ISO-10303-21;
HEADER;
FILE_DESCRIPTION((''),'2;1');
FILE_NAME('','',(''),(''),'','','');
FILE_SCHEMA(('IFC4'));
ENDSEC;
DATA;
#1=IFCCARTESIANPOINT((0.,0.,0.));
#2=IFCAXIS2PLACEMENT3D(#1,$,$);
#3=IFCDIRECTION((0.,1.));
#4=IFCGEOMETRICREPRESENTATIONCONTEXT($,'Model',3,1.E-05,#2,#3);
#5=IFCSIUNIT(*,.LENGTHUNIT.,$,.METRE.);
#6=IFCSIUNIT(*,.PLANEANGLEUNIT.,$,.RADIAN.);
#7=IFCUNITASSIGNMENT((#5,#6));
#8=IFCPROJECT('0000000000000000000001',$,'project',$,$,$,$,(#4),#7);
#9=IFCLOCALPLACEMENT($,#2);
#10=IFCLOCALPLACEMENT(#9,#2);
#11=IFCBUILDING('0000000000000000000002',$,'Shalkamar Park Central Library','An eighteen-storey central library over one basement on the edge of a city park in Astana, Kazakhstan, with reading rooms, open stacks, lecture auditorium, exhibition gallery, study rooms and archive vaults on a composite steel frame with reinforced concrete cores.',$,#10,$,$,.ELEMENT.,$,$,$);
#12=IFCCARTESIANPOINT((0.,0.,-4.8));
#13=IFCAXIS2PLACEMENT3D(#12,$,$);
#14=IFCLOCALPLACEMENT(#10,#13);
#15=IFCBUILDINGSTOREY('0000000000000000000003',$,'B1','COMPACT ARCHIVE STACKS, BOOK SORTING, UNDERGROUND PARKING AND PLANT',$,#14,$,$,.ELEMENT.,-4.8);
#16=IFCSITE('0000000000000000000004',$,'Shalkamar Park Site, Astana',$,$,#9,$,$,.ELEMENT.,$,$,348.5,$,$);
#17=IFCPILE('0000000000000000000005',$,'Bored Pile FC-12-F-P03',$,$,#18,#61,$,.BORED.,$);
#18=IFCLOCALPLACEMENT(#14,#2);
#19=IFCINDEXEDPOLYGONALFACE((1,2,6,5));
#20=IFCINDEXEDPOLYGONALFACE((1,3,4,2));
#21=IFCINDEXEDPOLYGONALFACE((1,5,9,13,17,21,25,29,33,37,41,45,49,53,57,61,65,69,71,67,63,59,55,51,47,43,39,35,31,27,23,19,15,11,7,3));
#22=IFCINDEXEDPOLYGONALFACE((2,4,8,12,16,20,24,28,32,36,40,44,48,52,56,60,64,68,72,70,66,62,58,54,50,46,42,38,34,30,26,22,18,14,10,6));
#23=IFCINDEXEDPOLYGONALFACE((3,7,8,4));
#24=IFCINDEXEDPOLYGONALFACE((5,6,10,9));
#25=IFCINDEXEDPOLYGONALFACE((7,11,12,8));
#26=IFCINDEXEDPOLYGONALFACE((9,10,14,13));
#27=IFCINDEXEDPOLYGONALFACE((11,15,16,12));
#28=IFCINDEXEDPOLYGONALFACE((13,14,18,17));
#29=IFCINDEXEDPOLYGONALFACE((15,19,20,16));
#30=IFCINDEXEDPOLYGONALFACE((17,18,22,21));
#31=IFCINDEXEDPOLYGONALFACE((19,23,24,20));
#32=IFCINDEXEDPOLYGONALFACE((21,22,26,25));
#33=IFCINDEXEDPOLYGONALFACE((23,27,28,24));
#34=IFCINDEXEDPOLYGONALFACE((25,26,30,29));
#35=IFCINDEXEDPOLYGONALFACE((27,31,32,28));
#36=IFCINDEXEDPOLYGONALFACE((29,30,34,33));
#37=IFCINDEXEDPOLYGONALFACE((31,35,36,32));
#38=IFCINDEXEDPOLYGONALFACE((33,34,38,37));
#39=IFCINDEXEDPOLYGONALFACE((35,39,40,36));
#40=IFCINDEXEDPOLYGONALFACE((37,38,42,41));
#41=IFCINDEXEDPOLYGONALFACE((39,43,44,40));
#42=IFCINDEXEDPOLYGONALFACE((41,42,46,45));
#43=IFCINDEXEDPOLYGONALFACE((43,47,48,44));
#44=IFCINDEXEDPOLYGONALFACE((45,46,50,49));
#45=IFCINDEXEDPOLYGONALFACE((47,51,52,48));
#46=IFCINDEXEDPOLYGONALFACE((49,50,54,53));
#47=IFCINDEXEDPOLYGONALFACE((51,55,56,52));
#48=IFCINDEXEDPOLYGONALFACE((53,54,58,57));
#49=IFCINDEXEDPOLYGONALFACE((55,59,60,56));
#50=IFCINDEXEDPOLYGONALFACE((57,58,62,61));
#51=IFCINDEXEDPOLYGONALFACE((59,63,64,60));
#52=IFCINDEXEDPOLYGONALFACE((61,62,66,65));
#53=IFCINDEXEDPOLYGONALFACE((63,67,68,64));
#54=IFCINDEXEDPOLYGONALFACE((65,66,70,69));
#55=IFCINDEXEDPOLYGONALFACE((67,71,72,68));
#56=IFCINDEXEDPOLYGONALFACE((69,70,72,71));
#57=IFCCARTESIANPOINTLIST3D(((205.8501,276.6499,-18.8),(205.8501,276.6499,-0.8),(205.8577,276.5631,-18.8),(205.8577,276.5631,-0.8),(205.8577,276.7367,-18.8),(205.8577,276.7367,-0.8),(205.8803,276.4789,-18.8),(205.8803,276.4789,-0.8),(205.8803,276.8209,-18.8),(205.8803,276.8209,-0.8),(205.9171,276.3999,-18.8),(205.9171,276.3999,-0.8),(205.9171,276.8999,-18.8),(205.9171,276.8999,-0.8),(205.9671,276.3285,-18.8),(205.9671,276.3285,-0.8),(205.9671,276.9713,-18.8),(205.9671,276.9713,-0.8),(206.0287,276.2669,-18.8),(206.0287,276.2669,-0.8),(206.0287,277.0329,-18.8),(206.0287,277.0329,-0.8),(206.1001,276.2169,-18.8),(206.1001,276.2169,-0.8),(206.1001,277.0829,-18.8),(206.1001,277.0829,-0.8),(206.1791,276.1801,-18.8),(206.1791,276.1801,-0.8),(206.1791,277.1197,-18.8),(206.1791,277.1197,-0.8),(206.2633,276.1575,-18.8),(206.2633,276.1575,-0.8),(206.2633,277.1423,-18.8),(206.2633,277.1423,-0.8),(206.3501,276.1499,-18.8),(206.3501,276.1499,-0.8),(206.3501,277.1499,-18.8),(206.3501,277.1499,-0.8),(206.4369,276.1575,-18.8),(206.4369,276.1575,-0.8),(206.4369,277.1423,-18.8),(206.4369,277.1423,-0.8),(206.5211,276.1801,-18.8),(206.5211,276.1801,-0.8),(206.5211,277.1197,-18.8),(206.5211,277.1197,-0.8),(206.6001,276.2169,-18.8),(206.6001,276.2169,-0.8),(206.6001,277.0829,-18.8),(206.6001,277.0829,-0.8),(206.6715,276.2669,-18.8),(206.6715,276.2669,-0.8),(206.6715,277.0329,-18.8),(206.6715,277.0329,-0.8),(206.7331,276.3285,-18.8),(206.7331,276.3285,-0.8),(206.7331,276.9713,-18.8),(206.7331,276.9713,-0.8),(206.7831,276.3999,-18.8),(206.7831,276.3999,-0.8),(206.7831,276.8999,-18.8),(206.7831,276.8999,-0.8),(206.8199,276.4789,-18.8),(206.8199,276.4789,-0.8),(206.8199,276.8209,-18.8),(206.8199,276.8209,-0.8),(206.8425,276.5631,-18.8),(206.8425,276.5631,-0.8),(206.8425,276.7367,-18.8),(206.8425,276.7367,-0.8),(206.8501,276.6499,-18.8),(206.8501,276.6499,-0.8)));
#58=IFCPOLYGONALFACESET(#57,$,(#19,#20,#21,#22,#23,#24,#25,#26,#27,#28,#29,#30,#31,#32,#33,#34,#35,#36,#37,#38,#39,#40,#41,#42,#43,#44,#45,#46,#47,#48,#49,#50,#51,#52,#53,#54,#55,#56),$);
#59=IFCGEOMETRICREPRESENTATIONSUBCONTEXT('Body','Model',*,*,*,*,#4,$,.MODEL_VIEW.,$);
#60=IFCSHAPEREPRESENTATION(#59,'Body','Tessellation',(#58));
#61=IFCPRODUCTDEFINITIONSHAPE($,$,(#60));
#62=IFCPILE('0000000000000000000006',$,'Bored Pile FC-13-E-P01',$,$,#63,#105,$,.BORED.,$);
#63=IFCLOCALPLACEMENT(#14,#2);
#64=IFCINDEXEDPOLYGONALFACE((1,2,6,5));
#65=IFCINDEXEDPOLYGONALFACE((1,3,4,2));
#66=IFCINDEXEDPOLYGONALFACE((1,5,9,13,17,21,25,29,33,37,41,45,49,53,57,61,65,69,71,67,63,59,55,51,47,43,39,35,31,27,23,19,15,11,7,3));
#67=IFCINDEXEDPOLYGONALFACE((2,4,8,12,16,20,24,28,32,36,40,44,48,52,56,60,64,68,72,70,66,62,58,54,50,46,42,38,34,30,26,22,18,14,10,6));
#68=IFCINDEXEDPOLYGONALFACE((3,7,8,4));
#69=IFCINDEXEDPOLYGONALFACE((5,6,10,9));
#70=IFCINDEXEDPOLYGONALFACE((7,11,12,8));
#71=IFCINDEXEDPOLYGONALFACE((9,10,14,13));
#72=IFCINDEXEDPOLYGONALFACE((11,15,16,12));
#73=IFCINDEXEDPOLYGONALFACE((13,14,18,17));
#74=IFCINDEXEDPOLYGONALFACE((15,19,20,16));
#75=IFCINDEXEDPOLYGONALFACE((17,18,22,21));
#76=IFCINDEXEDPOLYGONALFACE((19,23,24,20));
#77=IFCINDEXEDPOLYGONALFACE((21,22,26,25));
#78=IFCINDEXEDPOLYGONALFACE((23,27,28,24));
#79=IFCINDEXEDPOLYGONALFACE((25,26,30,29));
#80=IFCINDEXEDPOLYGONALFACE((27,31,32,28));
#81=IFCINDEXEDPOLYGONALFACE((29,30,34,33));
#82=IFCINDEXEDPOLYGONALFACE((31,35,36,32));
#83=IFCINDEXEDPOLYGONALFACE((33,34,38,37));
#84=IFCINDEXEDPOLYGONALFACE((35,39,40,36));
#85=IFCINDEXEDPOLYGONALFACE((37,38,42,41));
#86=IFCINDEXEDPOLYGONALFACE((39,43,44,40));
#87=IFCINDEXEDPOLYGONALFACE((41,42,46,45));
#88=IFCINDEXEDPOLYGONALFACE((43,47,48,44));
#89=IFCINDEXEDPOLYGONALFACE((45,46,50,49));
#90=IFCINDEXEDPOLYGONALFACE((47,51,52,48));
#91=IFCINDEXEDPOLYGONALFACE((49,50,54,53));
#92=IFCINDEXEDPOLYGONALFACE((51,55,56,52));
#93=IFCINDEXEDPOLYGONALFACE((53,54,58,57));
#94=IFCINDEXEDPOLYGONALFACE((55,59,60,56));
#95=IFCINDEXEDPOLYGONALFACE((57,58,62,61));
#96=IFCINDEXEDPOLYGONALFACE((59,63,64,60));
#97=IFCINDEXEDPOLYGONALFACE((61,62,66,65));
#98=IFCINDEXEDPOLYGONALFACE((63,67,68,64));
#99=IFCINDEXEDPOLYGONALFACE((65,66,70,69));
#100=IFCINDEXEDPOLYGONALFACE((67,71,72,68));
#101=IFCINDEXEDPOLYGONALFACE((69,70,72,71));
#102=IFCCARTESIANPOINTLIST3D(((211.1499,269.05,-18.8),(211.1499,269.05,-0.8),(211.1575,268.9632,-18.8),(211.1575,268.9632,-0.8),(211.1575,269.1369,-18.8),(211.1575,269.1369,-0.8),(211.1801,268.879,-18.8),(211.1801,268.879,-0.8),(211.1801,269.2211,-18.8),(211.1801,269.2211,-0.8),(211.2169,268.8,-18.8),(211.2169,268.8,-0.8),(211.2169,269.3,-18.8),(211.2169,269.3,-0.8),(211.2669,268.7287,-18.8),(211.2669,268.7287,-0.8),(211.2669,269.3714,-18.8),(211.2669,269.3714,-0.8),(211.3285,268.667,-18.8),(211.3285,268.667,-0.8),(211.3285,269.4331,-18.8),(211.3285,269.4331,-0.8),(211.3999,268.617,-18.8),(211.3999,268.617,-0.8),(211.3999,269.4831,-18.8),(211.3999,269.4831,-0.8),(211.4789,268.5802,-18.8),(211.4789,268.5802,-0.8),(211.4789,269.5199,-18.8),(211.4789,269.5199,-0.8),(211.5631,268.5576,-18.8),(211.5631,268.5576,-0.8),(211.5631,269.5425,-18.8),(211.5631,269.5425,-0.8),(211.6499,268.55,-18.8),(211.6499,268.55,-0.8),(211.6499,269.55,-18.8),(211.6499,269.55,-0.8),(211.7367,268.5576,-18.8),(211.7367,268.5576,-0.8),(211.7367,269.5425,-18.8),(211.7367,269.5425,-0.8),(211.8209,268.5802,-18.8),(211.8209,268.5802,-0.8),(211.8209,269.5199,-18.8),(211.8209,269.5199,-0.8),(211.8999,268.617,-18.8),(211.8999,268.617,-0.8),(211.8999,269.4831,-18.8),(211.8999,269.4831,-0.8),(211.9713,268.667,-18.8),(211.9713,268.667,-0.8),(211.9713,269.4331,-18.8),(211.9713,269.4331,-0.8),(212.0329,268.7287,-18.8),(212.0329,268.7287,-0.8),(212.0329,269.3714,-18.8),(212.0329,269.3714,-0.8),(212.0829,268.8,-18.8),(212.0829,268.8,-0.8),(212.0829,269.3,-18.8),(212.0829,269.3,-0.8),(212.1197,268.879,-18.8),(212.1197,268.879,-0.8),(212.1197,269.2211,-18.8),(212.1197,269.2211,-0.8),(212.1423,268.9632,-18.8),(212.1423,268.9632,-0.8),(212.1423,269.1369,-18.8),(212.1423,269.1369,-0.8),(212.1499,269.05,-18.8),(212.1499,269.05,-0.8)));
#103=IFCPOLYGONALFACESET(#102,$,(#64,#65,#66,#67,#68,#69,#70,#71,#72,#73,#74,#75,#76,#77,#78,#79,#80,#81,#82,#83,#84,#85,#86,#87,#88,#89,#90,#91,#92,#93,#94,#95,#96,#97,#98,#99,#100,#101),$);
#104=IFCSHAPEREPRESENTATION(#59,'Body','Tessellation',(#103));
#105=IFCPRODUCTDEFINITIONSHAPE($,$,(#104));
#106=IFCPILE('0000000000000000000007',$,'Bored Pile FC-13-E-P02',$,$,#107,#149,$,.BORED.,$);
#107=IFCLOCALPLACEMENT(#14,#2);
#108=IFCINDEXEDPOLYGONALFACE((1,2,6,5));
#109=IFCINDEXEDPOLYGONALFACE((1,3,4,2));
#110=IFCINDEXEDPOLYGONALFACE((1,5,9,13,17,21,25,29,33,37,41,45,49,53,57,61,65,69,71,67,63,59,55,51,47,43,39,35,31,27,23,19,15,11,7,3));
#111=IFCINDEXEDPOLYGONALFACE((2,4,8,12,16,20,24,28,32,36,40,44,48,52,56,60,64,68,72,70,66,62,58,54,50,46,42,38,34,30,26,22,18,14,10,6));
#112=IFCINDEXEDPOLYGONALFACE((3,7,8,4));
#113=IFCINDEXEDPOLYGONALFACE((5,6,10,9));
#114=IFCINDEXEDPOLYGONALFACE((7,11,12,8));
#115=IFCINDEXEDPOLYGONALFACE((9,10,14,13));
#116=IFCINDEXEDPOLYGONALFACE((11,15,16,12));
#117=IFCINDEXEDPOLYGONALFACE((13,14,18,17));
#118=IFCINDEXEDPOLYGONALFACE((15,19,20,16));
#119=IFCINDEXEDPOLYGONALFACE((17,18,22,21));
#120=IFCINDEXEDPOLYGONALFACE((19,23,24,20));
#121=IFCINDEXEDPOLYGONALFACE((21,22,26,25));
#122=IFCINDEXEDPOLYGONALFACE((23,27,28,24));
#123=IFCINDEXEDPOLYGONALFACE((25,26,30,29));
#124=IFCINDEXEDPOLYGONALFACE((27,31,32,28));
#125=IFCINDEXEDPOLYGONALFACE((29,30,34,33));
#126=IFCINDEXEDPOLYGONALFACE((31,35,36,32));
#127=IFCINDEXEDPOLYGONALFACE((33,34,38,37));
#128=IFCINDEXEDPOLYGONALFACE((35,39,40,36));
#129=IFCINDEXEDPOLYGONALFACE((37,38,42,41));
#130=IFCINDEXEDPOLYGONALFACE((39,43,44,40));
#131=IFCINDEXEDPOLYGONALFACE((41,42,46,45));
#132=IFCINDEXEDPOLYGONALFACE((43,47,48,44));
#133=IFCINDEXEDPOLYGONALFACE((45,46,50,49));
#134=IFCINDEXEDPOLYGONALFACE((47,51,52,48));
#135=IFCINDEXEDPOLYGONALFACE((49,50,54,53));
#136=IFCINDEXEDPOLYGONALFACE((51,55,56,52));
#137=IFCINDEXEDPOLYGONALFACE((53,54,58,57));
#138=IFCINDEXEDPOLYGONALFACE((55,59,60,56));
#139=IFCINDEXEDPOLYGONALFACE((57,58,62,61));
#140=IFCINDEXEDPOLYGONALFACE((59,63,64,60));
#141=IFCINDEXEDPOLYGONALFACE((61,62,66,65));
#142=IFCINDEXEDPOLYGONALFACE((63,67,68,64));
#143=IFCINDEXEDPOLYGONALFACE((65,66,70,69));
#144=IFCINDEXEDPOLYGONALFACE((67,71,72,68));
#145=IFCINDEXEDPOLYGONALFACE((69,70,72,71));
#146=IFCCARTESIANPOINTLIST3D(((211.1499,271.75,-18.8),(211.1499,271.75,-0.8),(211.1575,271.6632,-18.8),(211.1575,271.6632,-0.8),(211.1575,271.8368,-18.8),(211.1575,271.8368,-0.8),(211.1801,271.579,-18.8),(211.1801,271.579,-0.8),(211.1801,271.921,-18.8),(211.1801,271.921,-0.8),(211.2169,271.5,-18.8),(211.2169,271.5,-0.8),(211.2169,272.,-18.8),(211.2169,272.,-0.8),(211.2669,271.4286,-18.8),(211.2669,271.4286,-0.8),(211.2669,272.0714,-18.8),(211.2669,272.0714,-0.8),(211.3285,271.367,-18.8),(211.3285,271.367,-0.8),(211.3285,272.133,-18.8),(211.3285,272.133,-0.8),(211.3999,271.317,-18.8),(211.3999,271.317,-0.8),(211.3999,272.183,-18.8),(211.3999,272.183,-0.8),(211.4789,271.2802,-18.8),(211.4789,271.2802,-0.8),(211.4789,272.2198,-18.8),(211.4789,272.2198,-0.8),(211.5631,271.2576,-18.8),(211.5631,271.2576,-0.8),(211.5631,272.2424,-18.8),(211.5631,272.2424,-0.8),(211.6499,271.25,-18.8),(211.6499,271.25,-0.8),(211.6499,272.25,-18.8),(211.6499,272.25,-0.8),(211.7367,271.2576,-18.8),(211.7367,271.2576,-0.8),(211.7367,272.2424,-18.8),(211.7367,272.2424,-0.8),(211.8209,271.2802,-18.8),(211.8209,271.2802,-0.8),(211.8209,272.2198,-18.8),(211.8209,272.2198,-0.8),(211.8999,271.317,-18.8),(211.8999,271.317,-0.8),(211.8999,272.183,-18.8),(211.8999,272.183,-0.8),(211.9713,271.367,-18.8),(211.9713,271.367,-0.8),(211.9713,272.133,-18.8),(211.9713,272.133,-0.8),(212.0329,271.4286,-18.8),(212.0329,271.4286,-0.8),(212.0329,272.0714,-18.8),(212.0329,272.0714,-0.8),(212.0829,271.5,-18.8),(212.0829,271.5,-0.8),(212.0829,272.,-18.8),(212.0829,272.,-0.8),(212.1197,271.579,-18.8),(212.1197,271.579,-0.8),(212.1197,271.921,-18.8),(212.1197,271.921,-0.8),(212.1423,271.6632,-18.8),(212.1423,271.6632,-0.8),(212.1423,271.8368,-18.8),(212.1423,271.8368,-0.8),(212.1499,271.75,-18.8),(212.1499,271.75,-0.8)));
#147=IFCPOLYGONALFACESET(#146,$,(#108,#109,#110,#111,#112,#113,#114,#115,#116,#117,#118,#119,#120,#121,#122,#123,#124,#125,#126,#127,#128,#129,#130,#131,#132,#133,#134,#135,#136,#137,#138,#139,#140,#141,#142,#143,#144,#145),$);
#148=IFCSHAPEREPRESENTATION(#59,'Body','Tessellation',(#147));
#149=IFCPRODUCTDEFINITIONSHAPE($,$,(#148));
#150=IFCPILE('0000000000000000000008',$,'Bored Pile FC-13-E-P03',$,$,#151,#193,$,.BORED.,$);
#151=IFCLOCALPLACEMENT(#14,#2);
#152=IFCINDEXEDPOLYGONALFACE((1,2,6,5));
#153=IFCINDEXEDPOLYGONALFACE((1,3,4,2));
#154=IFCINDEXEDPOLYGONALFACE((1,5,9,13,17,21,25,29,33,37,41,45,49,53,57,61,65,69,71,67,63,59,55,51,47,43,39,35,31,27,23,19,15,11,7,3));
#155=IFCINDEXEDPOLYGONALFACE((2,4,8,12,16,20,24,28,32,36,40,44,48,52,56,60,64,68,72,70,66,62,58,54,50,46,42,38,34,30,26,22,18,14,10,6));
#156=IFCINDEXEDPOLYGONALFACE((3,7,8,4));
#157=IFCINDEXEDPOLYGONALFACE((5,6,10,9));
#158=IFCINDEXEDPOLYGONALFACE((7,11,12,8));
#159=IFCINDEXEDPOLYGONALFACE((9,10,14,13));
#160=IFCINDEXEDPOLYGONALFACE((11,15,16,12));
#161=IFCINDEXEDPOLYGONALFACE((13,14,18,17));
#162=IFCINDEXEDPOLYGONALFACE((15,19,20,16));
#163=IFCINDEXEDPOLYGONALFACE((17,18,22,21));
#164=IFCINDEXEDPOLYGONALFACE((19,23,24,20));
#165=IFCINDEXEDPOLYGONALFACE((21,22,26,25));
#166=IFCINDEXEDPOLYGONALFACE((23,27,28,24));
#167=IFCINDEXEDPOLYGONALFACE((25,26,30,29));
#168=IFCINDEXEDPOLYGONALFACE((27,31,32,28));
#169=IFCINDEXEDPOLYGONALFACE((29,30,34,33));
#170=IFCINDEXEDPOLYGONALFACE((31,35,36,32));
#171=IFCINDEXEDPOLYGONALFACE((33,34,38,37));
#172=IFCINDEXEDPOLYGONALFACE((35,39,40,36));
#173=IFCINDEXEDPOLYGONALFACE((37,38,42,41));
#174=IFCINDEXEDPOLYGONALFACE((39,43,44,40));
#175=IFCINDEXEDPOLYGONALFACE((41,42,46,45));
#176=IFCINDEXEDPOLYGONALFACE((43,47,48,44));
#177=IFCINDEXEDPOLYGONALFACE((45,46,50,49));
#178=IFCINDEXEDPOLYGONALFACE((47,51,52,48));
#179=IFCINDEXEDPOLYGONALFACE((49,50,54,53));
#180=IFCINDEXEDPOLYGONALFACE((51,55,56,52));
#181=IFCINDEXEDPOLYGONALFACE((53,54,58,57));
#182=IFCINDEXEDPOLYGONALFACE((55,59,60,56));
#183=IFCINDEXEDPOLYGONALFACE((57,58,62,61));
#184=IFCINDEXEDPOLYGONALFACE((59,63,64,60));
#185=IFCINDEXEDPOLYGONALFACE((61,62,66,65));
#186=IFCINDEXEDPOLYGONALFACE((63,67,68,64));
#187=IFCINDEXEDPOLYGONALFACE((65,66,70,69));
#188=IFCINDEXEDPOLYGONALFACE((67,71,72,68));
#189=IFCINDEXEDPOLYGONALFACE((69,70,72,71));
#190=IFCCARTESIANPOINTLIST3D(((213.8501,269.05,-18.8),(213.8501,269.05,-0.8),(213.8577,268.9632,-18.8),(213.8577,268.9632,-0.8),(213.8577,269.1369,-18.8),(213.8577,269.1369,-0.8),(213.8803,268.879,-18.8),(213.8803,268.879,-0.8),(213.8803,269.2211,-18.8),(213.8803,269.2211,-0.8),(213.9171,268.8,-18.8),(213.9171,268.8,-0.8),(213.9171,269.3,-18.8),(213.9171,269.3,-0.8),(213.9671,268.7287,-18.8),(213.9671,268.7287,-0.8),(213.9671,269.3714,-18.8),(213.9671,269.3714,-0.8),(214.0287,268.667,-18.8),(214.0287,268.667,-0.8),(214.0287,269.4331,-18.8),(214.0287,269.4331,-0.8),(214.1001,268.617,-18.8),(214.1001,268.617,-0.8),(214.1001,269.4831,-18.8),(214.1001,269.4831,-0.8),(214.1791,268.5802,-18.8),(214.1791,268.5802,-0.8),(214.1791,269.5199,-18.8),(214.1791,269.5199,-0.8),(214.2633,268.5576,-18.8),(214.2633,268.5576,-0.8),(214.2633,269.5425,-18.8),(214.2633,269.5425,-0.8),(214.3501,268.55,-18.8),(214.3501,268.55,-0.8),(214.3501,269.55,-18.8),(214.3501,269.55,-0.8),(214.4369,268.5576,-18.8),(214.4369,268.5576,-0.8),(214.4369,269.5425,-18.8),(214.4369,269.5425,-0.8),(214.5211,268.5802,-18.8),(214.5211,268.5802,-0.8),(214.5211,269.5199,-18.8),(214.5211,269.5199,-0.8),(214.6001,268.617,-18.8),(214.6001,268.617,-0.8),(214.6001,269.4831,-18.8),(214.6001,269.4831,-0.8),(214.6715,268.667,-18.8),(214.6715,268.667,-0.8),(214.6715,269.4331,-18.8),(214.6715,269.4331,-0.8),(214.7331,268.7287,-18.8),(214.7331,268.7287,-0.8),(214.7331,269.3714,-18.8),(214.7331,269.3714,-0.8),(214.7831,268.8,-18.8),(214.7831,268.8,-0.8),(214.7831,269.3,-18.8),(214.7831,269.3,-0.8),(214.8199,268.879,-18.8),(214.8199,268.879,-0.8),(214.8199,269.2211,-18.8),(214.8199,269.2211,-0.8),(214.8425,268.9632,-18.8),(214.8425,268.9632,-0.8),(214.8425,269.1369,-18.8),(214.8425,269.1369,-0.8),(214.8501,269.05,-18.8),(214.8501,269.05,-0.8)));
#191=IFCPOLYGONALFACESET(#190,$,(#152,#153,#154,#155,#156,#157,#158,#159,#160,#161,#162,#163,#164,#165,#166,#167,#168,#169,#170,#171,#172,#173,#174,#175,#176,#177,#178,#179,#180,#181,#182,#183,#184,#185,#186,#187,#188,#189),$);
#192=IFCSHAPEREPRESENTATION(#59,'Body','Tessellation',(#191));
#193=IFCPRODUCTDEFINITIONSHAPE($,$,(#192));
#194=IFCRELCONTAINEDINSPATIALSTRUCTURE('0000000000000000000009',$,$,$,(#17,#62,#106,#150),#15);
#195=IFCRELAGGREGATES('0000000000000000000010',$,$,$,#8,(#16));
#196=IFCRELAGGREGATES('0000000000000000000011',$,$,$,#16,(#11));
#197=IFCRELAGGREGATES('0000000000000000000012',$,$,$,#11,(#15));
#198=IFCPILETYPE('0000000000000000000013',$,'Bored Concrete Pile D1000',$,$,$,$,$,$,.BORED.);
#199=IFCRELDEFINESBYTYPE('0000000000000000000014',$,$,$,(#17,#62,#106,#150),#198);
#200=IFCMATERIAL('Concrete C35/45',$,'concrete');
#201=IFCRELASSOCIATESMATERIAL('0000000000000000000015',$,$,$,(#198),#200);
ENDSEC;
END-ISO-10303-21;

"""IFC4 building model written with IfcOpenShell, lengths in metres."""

from ifc_helpers import new_model, si_unit, direction, frame, origin, origin_2d, place, context, subcontext, project, spatial, circle, extrude, material, material_profile, profile_set, type_object, element, save


model = new_model("IFC4")

# Units and contexts
model_context = context("Model", 3, precision=1e-05, world=origin(), true_north=direction((0.0, 1.0)))
body_context = subcontext(model_context, "Body", "Model", "MODEL_VIEW")
ifc_project = project(units=[si_unit("LENGTHUNIT", "METRE"), si_unit("PLANEANGLEUNIT", "RADIAN")], contexts=[model_context])

# Site, building, storey
site_placement = place(None, origin())
site = spatial("IfcSite", under=ifc_project, at=site_placement, Name="Shalkamar Park Site, Astana", CompositionType="ELEMENT", RefElevation=348.5)
building_placement = place(site_placement, origin())
building = spatial("IfcBuilding", under=site, at=building_placement, Name="Shalkamar Park Central Library", Description="An eighteen-storey central library over one basement on the edge of a city park in Astana, Kazakhstan, with reading rooms, open stacks, lecture auditorium, exhibition gallery, study rooms and archive vaults on a composite steel frame with reinforced concrete cores.", CompositionType="ELEMENT")
storey_placement = place(building_placement, frame((0.0, 0.0, -4.8)))
storey = spatial("IfcBuildingStorey", under=building, at=storey_placement, Name="B1", Description="COMPACT ARCHIVE STACKS, BOOK SORTING, UNDERGROUND PARKING AND PLANT", CompositionType="ELEMENT", Elevation=-4.8)

# Piles
ifc_material_1 = material(Name="Concrete C35/45", Category="concrete")
ifc_material_profile_1 = material_profile(ifc_material_1, circle(Radius=0.5, at=origin_2d()), Name="PILE D1000")
ifc_profile_set_1 = profile_set([ifc_material_profile_1], Name="Concrete C35/45")
pile_type_1 = type_object("IfcPileType", Name="Bored Concrete Pile D1000", PredefinedType="BORED", material=ifc_profile_set_1)
for number, where, z_axis, x_axis, name in (
    (1, (206.3501, 276.6499, -0.8), (0.0, 0.0, -1.0), (1.0, 0.0, 0.0), "Bored Pile FC-12-F-P03"),
    (2, (211.6499, 269.05, -0.8), (0.0, 0.0, -1.0), (1.0, 0.0, 0.0), "Bored Pile FC-13-E-P01"),
    (3, (211.6499, 271.75, -0.8), (0.0, 0.0, -1.0), (1.0, 0.0, 0.0), "Bored Pile FC-13-E-P02"),
    (4, (214.3501, 269.05, -0.8), (0.0, 0.0, -1.0), (1.0, 0.0, 0.0), "Bored Pile FC-13-E-P03"),
):
    element("IfcPile", number, at=place(storey_placement, frame(where, z_axis=z_axis, x_axis=x_axis)), inside=storey, type_object=pile_type_1, Name=name, PredefinedType="BORED", context=body_context, shape_type="SweptSolid", body=[
        extrude(circle(Radius=0.5, at=origin_2d()), origin(), (0.0, 0.0, 1.0), 18.0),
    ])

save(model, "model.ifc")
